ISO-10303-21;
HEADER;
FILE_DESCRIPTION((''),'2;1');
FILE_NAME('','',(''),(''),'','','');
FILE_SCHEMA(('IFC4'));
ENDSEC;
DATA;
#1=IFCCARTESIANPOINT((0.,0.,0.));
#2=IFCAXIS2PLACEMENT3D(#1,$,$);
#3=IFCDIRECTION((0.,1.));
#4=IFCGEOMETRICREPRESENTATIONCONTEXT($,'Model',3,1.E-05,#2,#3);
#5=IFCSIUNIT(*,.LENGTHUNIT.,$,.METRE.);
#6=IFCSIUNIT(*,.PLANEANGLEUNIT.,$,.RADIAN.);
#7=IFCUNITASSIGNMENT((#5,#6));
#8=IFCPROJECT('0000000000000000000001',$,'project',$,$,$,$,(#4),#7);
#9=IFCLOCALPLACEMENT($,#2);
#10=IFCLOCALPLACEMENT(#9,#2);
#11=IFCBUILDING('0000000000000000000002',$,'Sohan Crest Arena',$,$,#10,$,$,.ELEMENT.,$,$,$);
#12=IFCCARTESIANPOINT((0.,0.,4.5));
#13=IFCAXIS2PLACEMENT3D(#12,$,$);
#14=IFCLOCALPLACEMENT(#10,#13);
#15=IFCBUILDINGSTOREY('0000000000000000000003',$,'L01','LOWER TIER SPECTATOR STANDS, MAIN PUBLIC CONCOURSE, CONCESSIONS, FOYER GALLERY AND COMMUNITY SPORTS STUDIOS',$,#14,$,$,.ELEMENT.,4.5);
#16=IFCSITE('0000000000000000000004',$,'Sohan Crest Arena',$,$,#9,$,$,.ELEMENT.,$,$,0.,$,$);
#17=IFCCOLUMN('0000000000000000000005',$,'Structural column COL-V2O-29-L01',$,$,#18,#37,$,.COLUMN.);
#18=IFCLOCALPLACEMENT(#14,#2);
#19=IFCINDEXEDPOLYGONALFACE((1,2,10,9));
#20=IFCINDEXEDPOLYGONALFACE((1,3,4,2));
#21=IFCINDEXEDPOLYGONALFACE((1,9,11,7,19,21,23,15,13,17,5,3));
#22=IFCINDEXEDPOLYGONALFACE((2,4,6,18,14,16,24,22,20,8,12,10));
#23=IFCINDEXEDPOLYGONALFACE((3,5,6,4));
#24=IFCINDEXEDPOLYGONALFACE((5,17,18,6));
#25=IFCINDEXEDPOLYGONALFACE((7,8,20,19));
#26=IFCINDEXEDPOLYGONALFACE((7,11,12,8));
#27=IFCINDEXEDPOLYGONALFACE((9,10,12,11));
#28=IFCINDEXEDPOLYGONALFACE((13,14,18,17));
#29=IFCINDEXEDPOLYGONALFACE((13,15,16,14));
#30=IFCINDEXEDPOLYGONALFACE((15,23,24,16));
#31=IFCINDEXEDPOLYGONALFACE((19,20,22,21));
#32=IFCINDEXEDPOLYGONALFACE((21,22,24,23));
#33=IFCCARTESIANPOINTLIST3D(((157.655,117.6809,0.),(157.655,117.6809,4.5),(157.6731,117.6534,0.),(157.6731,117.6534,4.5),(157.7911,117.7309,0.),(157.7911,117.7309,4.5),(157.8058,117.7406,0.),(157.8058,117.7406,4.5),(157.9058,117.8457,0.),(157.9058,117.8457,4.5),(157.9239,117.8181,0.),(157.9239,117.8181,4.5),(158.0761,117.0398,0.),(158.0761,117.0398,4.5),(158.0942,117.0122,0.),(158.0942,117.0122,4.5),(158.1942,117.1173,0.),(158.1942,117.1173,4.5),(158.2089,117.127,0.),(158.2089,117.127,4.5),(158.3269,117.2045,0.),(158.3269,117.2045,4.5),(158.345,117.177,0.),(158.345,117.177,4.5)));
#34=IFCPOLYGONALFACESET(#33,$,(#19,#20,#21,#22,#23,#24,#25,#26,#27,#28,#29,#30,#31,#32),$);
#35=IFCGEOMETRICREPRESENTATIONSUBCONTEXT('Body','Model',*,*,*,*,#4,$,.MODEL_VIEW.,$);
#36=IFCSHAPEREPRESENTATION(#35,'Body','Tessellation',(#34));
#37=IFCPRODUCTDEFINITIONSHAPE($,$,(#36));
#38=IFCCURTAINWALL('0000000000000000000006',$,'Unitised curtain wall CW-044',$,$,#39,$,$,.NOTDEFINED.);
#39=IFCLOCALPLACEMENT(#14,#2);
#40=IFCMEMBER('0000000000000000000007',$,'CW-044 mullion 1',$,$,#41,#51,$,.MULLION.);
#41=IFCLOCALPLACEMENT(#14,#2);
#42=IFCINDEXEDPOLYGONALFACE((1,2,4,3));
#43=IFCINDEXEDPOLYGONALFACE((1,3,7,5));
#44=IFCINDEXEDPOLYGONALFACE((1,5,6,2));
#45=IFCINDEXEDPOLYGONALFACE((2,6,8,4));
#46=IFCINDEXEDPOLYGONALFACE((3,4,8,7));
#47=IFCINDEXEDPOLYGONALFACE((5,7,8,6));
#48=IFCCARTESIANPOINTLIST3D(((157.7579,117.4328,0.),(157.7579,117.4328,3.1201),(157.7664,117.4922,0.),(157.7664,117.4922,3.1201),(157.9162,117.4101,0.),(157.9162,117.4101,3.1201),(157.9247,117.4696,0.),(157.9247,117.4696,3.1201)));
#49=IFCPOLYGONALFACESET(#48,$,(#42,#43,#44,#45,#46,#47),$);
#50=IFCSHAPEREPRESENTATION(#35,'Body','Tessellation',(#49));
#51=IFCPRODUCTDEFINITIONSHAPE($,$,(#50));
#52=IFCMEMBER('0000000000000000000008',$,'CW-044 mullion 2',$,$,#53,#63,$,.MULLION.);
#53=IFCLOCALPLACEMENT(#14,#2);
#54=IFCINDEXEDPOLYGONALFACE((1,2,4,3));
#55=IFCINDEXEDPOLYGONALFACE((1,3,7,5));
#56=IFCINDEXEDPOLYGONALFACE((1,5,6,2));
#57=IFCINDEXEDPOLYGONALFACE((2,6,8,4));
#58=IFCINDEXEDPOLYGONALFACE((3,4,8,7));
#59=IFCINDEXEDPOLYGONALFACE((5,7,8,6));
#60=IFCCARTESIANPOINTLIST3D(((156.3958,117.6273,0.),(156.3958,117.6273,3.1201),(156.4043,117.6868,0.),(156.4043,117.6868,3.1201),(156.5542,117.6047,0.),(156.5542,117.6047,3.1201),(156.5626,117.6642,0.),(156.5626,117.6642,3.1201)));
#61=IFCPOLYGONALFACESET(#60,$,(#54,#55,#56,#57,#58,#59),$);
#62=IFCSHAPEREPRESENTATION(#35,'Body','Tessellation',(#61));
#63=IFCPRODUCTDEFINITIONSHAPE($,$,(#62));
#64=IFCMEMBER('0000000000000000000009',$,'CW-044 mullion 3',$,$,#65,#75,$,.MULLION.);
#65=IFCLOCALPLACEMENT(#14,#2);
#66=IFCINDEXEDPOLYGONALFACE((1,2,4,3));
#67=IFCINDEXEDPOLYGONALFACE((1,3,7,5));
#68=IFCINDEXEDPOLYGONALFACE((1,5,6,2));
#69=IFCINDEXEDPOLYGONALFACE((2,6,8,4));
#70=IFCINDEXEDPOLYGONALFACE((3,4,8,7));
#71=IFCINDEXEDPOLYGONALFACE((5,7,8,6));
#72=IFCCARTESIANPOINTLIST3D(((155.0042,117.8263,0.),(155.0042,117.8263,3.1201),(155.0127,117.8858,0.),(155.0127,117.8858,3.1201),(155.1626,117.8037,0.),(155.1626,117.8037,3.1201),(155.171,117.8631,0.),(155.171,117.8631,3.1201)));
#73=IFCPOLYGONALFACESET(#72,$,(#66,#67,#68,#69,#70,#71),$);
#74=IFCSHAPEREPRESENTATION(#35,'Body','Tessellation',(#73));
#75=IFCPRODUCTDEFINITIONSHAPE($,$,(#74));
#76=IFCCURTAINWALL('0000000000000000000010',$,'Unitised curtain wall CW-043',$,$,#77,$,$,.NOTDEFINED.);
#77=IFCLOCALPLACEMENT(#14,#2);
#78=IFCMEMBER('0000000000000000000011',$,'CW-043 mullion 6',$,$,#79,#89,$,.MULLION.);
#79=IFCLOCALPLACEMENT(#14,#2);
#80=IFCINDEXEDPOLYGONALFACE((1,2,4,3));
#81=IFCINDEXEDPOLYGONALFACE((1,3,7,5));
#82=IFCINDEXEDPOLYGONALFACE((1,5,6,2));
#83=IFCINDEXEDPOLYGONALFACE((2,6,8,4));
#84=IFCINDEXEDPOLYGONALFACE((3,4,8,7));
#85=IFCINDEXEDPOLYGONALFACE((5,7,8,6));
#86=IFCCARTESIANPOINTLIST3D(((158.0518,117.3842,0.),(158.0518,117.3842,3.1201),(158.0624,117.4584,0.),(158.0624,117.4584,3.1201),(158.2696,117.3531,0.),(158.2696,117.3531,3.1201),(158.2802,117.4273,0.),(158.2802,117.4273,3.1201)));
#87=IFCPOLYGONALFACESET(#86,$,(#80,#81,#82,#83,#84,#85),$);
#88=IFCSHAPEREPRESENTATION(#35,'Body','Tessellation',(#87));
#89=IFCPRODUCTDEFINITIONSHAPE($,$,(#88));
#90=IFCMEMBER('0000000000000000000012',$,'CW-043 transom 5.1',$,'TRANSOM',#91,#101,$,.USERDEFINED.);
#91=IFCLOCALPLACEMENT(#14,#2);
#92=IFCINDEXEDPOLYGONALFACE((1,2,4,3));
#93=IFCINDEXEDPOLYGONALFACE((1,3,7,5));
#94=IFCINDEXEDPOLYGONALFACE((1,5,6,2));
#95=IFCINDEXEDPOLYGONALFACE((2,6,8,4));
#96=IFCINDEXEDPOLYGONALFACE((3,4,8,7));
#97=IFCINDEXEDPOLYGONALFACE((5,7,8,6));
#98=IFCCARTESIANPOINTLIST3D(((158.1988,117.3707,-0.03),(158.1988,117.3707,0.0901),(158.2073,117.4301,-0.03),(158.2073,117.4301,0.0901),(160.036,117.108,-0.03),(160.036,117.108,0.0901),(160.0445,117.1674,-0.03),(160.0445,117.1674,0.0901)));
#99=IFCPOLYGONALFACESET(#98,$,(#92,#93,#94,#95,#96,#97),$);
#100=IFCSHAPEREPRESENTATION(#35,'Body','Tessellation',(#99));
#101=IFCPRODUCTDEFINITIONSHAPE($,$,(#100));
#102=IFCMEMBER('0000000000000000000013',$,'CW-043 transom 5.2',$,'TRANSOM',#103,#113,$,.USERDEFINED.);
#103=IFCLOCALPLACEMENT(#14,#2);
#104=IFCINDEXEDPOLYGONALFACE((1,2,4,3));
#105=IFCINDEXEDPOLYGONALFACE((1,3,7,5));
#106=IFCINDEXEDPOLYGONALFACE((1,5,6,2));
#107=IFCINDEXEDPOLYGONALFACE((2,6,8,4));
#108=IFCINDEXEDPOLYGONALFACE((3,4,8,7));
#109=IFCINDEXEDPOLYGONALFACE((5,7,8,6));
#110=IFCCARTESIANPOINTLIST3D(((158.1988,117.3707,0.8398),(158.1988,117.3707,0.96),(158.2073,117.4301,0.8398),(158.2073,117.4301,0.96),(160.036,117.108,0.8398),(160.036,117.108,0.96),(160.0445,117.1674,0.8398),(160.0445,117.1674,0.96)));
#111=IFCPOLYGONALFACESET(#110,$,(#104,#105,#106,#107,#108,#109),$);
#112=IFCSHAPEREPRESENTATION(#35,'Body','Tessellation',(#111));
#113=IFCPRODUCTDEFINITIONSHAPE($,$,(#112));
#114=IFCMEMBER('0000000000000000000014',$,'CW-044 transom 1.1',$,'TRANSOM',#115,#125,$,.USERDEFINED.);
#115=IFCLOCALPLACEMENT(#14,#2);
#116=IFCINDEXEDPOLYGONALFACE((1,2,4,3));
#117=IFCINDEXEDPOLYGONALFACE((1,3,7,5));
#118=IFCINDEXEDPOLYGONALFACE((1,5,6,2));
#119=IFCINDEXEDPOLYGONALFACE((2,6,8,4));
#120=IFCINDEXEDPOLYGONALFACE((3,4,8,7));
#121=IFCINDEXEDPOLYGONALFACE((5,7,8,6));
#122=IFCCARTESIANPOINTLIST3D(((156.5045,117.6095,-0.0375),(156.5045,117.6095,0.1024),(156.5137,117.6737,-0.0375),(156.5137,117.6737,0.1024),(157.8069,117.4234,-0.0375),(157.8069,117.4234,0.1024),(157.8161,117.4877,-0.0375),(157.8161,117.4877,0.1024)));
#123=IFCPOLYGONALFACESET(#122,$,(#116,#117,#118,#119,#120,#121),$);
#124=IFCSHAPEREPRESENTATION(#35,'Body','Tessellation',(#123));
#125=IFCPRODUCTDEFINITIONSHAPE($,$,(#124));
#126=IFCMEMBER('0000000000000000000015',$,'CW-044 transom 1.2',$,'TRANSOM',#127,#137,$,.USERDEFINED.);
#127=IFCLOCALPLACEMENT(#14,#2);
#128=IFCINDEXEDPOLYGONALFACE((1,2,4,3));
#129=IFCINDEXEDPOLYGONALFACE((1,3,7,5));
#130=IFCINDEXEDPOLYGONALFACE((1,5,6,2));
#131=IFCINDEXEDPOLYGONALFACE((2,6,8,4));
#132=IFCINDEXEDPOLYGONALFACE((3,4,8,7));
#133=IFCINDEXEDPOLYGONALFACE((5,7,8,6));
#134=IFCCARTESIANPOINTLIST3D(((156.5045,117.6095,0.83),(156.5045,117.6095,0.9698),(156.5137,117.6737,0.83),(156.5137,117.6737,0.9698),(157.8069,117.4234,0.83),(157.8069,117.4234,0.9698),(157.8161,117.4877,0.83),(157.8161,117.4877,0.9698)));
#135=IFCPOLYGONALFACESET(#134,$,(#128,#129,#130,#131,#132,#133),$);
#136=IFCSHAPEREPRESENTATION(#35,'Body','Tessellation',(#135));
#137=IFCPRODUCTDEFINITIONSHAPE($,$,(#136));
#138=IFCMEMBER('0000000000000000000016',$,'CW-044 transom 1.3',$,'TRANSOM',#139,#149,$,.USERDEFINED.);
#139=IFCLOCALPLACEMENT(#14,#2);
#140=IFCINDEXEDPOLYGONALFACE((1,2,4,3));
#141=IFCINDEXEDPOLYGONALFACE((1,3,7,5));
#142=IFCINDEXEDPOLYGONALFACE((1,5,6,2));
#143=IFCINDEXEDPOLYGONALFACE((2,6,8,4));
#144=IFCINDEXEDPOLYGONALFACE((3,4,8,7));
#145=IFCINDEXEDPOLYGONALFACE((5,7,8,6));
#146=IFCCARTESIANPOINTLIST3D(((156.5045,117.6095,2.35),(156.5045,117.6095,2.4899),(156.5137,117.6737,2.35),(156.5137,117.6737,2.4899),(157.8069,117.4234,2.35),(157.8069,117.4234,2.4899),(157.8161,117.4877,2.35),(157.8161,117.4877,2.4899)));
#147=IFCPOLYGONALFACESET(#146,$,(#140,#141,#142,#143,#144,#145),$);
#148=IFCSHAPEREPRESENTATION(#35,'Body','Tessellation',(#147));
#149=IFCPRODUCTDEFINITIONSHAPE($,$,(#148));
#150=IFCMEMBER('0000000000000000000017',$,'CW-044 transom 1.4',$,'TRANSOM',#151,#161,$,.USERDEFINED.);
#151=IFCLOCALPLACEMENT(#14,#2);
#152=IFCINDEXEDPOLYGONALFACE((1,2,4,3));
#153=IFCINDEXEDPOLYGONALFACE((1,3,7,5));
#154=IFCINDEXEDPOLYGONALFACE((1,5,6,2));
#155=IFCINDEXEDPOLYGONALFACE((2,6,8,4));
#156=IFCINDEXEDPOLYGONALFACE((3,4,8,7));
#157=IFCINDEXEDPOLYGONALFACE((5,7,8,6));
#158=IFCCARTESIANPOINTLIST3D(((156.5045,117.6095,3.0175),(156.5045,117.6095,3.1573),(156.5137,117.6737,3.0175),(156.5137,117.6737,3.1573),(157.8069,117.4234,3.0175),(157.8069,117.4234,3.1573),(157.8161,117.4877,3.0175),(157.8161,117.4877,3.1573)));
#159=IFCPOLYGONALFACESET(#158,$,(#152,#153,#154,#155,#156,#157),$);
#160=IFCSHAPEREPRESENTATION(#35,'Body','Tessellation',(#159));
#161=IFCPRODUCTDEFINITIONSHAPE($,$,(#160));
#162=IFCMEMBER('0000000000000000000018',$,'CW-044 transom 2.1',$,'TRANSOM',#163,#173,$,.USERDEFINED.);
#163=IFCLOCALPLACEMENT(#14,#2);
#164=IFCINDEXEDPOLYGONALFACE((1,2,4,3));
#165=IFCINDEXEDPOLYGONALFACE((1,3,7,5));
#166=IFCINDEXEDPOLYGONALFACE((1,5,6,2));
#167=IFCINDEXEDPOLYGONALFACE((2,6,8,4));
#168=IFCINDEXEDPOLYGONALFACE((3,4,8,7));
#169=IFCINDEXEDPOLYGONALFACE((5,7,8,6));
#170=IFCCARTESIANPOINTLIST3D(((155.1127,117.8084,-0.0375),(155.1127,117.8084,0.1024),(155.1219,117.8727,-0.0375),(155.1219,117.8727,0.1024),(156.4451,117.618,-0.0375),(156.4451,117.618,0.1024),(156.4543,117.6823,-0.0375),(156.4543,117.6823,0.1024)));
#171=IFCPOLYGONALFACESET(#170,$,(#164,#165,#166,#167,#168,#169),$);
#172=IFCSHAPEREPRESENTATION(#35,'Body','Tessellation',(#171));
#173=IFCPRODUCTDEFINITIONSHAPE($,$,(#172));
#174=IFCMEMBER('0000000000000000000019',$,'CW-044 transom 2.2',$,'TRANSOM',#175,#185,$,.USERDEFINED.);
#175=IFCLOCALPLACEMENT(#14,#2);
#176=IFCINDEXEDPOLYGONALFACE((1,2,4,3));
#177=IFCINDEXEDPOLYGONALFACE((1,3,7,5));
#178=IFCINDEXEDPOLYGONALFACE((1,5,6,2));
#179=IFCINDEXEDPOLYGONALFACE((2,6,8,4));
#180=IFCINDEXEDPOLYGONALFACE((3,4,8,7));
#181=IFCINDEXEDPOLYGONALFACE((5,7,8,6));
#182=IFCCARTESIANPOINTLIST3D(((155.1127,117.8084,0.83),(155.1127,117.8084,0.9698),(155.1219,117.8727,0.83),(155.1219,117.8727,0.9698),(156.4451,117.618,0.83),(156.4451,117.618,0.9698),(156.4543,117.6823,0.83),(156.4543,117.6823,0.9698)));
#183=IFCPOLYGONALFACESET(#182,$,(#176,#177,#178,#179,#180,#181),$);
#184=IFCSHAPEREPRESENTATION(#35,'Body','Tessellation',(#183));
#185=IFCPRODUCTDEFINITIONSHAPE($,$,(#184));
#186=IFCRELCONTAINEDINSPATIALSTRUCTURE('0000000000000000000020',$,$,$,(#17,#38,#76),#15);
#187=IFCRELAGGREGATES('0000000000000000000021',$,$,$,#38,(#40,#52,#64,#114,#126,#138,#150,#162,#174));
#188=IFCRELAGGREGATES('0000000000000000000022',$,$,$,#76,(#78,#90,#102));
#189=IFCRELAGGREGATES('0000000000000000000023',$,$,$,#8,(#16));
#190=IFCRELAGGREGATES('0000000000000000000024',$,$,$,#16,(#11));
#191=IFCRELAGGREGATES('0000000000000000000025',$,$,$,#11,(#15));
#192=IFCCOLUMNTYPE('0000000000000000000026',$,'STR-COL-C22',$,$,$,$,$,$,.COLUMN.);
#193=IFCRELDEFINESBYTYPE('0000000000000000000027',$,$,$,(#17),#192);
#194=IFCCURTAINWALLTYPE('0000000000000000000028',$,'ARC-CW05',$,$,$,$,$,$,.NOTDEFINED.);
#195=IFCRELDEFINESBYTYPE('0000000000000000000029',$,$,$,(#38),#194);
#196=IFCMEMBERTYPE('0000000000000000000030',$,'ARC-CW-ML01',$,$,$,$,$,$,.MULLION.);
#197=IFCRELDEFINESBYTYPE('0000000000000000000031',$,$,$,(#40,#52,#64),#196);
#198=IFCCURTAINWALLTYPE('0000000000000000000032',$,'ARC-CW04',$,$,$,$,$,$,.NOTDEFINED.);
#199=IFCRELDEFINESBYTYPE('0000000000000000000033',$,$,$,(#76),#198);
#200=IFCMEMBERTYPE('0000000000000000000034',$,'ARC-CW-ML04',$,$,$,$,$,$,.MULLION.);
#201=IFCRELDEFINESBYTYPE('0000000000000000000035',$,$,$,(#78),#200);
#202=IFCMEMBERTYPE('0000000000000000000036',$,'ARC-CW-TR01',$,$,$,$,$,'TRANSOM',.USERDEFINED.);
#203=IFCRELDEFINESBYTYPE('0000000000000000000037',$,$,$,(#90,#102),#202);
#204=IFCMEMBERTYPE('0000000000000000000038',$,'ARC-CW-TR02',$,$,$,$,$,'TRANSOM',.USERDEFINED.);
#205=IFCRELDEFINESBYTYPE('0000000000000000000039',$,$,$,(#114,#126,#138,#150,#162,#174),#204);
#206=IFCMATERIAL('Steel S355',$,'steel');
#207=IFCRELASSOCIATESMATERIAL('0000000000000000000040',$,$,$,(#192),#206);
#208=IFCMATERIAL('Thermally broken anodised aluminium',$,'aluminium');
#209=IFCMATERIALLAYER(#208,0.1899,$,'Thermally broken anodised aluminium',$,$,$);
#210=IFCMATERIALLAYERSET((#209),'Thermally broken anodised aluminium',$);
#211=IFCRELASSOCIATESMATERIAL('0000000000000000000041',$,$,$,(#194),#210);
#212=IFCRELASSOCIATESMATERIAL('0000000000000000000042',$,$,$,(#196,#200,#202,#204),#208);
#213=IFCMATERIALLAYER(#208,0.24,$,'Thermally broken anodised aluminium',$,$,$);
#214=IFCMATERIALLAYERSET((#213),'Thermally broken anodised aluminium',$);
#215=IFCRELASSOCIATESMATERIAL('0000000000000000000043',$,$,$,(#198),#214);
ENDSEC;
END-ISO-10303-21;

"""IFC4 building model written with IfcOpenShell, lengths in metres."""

from ifc_helpers import new_model, si_unit, direction, frame, origin, origin_2d, place, context, subcontext, project, spatial, rectangle, i_section, extrude, material, layer, layer_set, material_profile, profile_set, type_object, element, aggregate, save


model = new_model("IFC4")

# Units and contexts
model_context = context("Model", 3, precision=1e-05, world=origin(), true_north=direction((0.0, 1.0)))
body_context = subcontext(model_context, "Body", "Model", "MODEL_VIEW")
ifc_project = project(units=[si_unit("LENGTHUNIT", "METRE"), si_unit("PLANEANGLEUNIT", "RADIAN")], contexts=[model_context])

# Site, building, storey
site_placement = place(None, origin())
site = spatial("IfcSite", under=ifc_project, at=site_placement, Name="Sohan Crest Arena", CompositionType="ELEMENT", RefElevation=0.0)
building_placement = place(site_placement, origin())
building = spatial("IfcBuilding", under=site, at=building_placement, Name="Sohan Crest Arena", CompositionType="ELEMENT")
storey_placement = place(building_placement, frame((0.0, 0.0, 4.5)))
storey = spatial("IfcBuildingStorey", under=building, at=storey_placement, Name="L01", Description="LOWER TIER SPECTATOR STANDS, MAIN PUBLIC CONCOURSE, CONCESSIONS, FOYER GALLERY AND COMMUNITY SPORTS STUDIOS", CompositionType="ELEMENT", Elevation=4.5)

# Column
ifc_material_1 = material(Name="Steel S355", Category="steel")
ifc_material_profile_1 = material_profile(ifc_material_1, i_section(OverallWidth=0.3, OverallDepth=0.8, WebThickness=0.0176, FlangeThickness=0.033, at=origin_2d()), Name="HEB 800")
ifc_profile_set_1 = profile_set([ifc_material_profile_1], Name="Steel S355")
column_type = type_object("IfcColumnType", Name="STR-COL-C22", PredefinedType="COLUMN", material=ifc_profile_set_1)
column_placement = place(storey_placement, frame((158.0, 117.429, 0.0), z_axis=(0.0, 0.0, 1.0), x_axis=(0.835807, 0.549023, 0.0)))
element("IfcColumn", 1, at=column_placement, inside=storey, type_object=column_type, Name="Structural column COL-V2O-29-L01", PredefinedType="COLUMN", context=body_context, shape_type="SweptSolid", body=[
    extrude(i_section(OverallWidth=0.3, OverallDepth=0.8, WebThickness=0.0176, FlangeThickness=0.033, at=origin_2d()), origin(), (0.0, 0.0, 1.0), 4.5),
])

# Curtain walls, members
ifc_material_2 = material(Name="Thermally broken anodised aluminium", Category="aluminium")
ifc_layer_1 = layer(ifc_material_2, 0.1899, Name="Thermally broken anodised aluminium")
ifc_layer_set_1 = layer_set([ifc_layer_1], Name="Thermally broken anodised aluminium")
curtain_wall_type_1 = type_object("IfcCurtainWallType", Name="ARC-CW05", PredefinedType="NOTDEFINED", material=ifc_layer_set_1)
curtain_wall_1_placement = place(storey_placement, origin())
curtain_wall_1 = element("IfcCurtainWall", 2, at=curtain_wall_1_placement, inside=storey, type_object=curtain_wall_type_1, Name="Unitised curtain wall CW-044", PredefinedType="NOTDEFINED")
ifc_material_profile_2 = material_profile(ifc_material_2, rectangle(XDim=0.0601, YDim=0.1599, at=origin_2d()), Name="ALU-MULL 60x160")
ifc_profile_set_2 = profile_set([ifc_material_profile_2], Name="Thermally broken anodised aluminium")
member_type_1 = type_object("IfcMemberType", Name="ARC-CW-ML01", PredefinedType="MULLION", material=ifc_profile_set_2)
member_1_placement = place(storey_placement, frame((157.8413, 117.4512, 0.0), z_axis=(0.0, 0.0, 1.0), x_axis=(-0.14145, -0.989945, 0.0)))
member_1 = element("IfcMember", 3, at=member_1_placement, type_object=member_type_1, Name="CW-044 mullion 1", PredefinedType="MULLION", context=body_context, shape_type="SweptSolid", body=[
    extrude(rectangle(XDim=0.0601, YDim=0.1599, at=origin_2d()), origin(), (0.0, 0.0, 1.0), 3.1201),
])
member_2_placement = place(storey_placement, frame((156.4792, 117.6458, 0.0), z_axis=(0.0, 0.0, 1.0), x_axis=(-0.14145, -0.989945, 0.0)))
member_2 = element("IfcMember", 4, at=member_2_placement, type_object=member_type_1, Name="CW-044 mullion 2", PredefinedType="MULLION", context=body_context, shape_type="SweptSolid", body=[
    extrude(rectangle(XDim=0.0601, YDim=0.1599, at=origin_2d()), origin(), (0.0, 0.0, 1.0), 3.1201),
])
member_3_placement = place(storey_placement, frame((155.0876, 117.8447, 0.0), z_axis=(0.0, 0.0, 1.0), x_axis=(-0.14145, -0.989945, 0.0)))
member_3 = element("IfcMember", 5, at=member_3_placement, type_object=member_type_1, Name="CW-044 mullion 3", PredefinedType="MULLION", context=body_context, shape_type="SweptSolid", body=[
    extrude(rectangle(XDim=0.0601, YDim=0.1599, at=origin_2d()), origin(), (0.0, 0.0, 1.0), 3.1201),
])
ifc_layer_2 = layer(ifc_material_2, 0.24, Name="Thermally broken anodised aluminium")
ifc_layer_set_2 = layer_set([ifc_layer_2], Name="Thermally broken anodised aluminium")
curtain_wall_type_2 = type_object("IfcCurtainWallType", Name="ARC-CW04", PredefinedType="NOTDEFINED", material=ifc_layer_set_2)
curtain_wall_2_placement = place(storey_placement, origin())
curtain_wall_2 = element("IfcCurtainWall", 6, at=curtain_wall_2_placement, inside=storey, type_object=curtain_wall_type_2, Name="Unitised curtain wall CW-043", PredefinedType="NOTDEFINED")
ifc_material_profile_3 = material_profile(ifc_material_2, rectangle(XDim=0.075, YDim=0.22, at=origin_2d()), Name="ALU-MULL 75x220")
ifc_profile_set_3 = profile_set([ifc_material_profile_3], Name="Thermally broken anodised aluminium")
member_type_2 = type_object("IfcMemberType", Name="ARC-CW-ML04", PredefinedType="MULLION", material=ifc_profile_set_3)
member_4_placement = place(storey_placement, frame((158.166, 117.4058, 0.0), z_axis=(0.0, 0.0, 1.0), x_axis=(-0.141549, -0.989931, 0.0)))
member_4 = element("IfcMember", 7, at=member_4_placement, type_object=member_type_2, Name="CW-043 mullion 6", PredefinedType="MULLION", context=body_context, shape_type="SweptSolid", body=[
    extrude(rectangle(XDim=0.075, YDim=0.22, at=origin_2d()), origin(), (0.0, 0.0, 1.0), 3.1201),
])
ifc_material_profile_4 = material_profile(ifc_material_2, rectangle(XDim=0.0601, YDim=0.1201, at=origin_2d()), Name="ALU-TRAN 60x120")
ifc_profile_set_4 = profile_set([ifc_material_profile_4], Name="Thermally broken anodised aluminium")
member_type_3 = type_object("IfcMemberType", Name="ARC-CW-TR01", ElementType="TRANSOM", PredefinedType="USERDEFINED", material=ifc_profile_set_4)
member_5_placement = place(storey_placement, frame((160.0403, 117.1377, 0.03), z_axis=(-0.989931, 0.14155, 0.0), x_axis=(-0.14155, -0.989931, 0.0)))
member_5 = element("IfcMember", 8, at=member_5_placement, type_object=member_type_3, Name="CW-043 transom 5.1", ObjectType="TRANSOM", PredefinedType="USERDEFINED", context=body_context, shape_type="SweptSolid", body=[
    extrude(rectangle(XDim=0.0601, YDim=0.1201, at=origin_2d()), origin(), (0.0, 0.0, 1.0), 1.856),
])
member_6_placement = place(storey_placement, frame((160.0403, 117.1377, 0.8999), z_axis=(-0.989931, 0.14155, 0.0), x_axis=(-0.14155, -0.989931, 0.0)))
member_6 = element("IfcMember", 9, at=member_6_placement, type_object=member_type_3, Name="CW-043 transom 5.2", ObjectType="TRANSOM", PredefinedType="USERDEFINED", context=body_context, shape_type="SweptSolid", body=[
    extrude(rectangle(XDim=0.0601, YDim=0.1201, at=origin_2d()), origin(), (0.0, 0.0, 1.0), 1.856),
])

# Members
ifc_material_profile_5 = material_profile(ifc_material_2, rectangle(XDim=0.0649, YDim=0.1399, at=origin_2d()), Name="ALU-TRAN 65x140")
ifc_profile_set_5 = profile_set([ifc_material_profile_5], Name="Thermally broken anodised aluminium")
member_type_4 = type_object("IfcMemberType", Name="ARC-CW-TR02", ElementType="TRANSOM", PredefinedType="USERDEFINED", material=ifc_profile_set_5)
member_7_placement = place(storey_placement, frame((157.8115, 117.4556, 0.0325), z_axis=(-0.989953, 0.141395, 0.0), x_axis=(-0.141395, -0.989953, 0.0)))
member_7 = element("IfcMember", 10, at=member_7_placement, type_object=member_type_4, Name="CW-044 transom 1.1", ObjectType="TRANSOM", PredefinedType="USERDEFINED", context=body_context, shape_type="SweptSolid", body=[
    extrude(rectangle(XDim=0.0649, YDim=0.1399, at=origin_2d()), origin(), (0.0, 0.0, 1.0), 1.3157),
])
member_8_placement = place(storey_placement, frame((157.8115, 117.4556, 0.8999), z_axis=(-0.989953, 0.141395, 0.0), x_axis=(-0.141395, -0.989953, 0.0)))
member_8 = element("IfcMember", 11, at=member_8_placement, type_object=member_type_4, Name="CW-044 transom 1.2", ObjectType="TRANSOM", PredefinedType="USERDEFINED", context=body_context, shape_type="SweptSolid", body=[
    extrude(rectangle(XDim=0.0649, YDim=0.1399, at=origin_2d()), origin(), (0.0, 0.0, 1.0), 1.3157),
])
member_9_placement = place(storey_placement, frame((157.8115, 117.4556, 2.4199), z_axis=(-0.989953, 0.141395, 0.0), x_axis=(-0.141395, -0.989953, 0.0)))
member_9 = element("IfcMember", 12, at=member_9_placement, type_object=member_type_4, Name="CW-044 transom 1.3", ObjectType="TRANSOM", PredefinedType="USERDEFINED", context=body_context, shape_type="SweptSolid", body=[
    extrude(rectangle(XDim=0.0649, YDim=0.1399, at=origin_2d()), origin(), (0.0, 0.0, 1.0), 1.3157),
])
member_10_placement = place(storey_placement, frame((157.8115, 117.4556, 3.0874), z_axis=(-0.989953, 0.141395, 0.0), x_axis=(-0.141395, -0.989953, 0.0)))
member_10 = element("IfcMember", 13, at=member_10_placement, type_object=member_type_4, Name="CW-044 transom 1.4", ObjectType="TRANSOM", PredefinedType="USERDEFINED", context=body_context, shape_type="SweptSolid", body=[
    extrude(rectangle(XDim=0.0649, YDim=0.1399, at=origin_2d()), origin(), (0.0, 0.0, 1.0), 1.3157),
])
member_11_placement = place(storey_placement, frame((156.4497, 117.6501, 0.0325), z_axis=(-0.989942, 0.141472, 0.0), x_axis=(-0.141472, -0.989942, 0.0)))
member_11 = element("IfcMember", 14, at=member_11_placement, type_object=member_type_4, Name="CW-044 transom 2.1", ObjectType="TRANSOM", PredefinedType="USERDEFINED", context=body_context, shape_type="SweptSolid", body=[
    extrude(rectangle(XDim=0.0649, YDim=0.1399, at=origin_2d()), origin(), (0.0, 0.0, 1.0), 1.3459),
])
member_12_placement = place(storey_placement, frame((156.4497, 117.6501, 0.8999), z_axis=(-0.989942, 0.141472, 0.0), x_axis=(-0.141472, -0.989942, 0.0)))
member_12 = element("IfcMember", 15, at=member_12_placement, type_object=member_type_4, Name="CW-044 transom 2.2", ObjectType="TRANSOM", PredefinedType="USERDEFINED", context=body_context, shape_type="SweptSolid", body=[
    extrude(rectangle(XDim=0.0649, YDim=0.1399, at=origin_2d()), origin(), (0.0, 0.0, 1.0), 1.3459),
])

aggregate(curtain_wall_1, [member_1, member_2, member_3, member_7, member_8, member_9, member_10, member_11, member_12])
aggregate(curtain_wall_2, [member_4, member_5, member_6])

save(model, "model.ifc")
